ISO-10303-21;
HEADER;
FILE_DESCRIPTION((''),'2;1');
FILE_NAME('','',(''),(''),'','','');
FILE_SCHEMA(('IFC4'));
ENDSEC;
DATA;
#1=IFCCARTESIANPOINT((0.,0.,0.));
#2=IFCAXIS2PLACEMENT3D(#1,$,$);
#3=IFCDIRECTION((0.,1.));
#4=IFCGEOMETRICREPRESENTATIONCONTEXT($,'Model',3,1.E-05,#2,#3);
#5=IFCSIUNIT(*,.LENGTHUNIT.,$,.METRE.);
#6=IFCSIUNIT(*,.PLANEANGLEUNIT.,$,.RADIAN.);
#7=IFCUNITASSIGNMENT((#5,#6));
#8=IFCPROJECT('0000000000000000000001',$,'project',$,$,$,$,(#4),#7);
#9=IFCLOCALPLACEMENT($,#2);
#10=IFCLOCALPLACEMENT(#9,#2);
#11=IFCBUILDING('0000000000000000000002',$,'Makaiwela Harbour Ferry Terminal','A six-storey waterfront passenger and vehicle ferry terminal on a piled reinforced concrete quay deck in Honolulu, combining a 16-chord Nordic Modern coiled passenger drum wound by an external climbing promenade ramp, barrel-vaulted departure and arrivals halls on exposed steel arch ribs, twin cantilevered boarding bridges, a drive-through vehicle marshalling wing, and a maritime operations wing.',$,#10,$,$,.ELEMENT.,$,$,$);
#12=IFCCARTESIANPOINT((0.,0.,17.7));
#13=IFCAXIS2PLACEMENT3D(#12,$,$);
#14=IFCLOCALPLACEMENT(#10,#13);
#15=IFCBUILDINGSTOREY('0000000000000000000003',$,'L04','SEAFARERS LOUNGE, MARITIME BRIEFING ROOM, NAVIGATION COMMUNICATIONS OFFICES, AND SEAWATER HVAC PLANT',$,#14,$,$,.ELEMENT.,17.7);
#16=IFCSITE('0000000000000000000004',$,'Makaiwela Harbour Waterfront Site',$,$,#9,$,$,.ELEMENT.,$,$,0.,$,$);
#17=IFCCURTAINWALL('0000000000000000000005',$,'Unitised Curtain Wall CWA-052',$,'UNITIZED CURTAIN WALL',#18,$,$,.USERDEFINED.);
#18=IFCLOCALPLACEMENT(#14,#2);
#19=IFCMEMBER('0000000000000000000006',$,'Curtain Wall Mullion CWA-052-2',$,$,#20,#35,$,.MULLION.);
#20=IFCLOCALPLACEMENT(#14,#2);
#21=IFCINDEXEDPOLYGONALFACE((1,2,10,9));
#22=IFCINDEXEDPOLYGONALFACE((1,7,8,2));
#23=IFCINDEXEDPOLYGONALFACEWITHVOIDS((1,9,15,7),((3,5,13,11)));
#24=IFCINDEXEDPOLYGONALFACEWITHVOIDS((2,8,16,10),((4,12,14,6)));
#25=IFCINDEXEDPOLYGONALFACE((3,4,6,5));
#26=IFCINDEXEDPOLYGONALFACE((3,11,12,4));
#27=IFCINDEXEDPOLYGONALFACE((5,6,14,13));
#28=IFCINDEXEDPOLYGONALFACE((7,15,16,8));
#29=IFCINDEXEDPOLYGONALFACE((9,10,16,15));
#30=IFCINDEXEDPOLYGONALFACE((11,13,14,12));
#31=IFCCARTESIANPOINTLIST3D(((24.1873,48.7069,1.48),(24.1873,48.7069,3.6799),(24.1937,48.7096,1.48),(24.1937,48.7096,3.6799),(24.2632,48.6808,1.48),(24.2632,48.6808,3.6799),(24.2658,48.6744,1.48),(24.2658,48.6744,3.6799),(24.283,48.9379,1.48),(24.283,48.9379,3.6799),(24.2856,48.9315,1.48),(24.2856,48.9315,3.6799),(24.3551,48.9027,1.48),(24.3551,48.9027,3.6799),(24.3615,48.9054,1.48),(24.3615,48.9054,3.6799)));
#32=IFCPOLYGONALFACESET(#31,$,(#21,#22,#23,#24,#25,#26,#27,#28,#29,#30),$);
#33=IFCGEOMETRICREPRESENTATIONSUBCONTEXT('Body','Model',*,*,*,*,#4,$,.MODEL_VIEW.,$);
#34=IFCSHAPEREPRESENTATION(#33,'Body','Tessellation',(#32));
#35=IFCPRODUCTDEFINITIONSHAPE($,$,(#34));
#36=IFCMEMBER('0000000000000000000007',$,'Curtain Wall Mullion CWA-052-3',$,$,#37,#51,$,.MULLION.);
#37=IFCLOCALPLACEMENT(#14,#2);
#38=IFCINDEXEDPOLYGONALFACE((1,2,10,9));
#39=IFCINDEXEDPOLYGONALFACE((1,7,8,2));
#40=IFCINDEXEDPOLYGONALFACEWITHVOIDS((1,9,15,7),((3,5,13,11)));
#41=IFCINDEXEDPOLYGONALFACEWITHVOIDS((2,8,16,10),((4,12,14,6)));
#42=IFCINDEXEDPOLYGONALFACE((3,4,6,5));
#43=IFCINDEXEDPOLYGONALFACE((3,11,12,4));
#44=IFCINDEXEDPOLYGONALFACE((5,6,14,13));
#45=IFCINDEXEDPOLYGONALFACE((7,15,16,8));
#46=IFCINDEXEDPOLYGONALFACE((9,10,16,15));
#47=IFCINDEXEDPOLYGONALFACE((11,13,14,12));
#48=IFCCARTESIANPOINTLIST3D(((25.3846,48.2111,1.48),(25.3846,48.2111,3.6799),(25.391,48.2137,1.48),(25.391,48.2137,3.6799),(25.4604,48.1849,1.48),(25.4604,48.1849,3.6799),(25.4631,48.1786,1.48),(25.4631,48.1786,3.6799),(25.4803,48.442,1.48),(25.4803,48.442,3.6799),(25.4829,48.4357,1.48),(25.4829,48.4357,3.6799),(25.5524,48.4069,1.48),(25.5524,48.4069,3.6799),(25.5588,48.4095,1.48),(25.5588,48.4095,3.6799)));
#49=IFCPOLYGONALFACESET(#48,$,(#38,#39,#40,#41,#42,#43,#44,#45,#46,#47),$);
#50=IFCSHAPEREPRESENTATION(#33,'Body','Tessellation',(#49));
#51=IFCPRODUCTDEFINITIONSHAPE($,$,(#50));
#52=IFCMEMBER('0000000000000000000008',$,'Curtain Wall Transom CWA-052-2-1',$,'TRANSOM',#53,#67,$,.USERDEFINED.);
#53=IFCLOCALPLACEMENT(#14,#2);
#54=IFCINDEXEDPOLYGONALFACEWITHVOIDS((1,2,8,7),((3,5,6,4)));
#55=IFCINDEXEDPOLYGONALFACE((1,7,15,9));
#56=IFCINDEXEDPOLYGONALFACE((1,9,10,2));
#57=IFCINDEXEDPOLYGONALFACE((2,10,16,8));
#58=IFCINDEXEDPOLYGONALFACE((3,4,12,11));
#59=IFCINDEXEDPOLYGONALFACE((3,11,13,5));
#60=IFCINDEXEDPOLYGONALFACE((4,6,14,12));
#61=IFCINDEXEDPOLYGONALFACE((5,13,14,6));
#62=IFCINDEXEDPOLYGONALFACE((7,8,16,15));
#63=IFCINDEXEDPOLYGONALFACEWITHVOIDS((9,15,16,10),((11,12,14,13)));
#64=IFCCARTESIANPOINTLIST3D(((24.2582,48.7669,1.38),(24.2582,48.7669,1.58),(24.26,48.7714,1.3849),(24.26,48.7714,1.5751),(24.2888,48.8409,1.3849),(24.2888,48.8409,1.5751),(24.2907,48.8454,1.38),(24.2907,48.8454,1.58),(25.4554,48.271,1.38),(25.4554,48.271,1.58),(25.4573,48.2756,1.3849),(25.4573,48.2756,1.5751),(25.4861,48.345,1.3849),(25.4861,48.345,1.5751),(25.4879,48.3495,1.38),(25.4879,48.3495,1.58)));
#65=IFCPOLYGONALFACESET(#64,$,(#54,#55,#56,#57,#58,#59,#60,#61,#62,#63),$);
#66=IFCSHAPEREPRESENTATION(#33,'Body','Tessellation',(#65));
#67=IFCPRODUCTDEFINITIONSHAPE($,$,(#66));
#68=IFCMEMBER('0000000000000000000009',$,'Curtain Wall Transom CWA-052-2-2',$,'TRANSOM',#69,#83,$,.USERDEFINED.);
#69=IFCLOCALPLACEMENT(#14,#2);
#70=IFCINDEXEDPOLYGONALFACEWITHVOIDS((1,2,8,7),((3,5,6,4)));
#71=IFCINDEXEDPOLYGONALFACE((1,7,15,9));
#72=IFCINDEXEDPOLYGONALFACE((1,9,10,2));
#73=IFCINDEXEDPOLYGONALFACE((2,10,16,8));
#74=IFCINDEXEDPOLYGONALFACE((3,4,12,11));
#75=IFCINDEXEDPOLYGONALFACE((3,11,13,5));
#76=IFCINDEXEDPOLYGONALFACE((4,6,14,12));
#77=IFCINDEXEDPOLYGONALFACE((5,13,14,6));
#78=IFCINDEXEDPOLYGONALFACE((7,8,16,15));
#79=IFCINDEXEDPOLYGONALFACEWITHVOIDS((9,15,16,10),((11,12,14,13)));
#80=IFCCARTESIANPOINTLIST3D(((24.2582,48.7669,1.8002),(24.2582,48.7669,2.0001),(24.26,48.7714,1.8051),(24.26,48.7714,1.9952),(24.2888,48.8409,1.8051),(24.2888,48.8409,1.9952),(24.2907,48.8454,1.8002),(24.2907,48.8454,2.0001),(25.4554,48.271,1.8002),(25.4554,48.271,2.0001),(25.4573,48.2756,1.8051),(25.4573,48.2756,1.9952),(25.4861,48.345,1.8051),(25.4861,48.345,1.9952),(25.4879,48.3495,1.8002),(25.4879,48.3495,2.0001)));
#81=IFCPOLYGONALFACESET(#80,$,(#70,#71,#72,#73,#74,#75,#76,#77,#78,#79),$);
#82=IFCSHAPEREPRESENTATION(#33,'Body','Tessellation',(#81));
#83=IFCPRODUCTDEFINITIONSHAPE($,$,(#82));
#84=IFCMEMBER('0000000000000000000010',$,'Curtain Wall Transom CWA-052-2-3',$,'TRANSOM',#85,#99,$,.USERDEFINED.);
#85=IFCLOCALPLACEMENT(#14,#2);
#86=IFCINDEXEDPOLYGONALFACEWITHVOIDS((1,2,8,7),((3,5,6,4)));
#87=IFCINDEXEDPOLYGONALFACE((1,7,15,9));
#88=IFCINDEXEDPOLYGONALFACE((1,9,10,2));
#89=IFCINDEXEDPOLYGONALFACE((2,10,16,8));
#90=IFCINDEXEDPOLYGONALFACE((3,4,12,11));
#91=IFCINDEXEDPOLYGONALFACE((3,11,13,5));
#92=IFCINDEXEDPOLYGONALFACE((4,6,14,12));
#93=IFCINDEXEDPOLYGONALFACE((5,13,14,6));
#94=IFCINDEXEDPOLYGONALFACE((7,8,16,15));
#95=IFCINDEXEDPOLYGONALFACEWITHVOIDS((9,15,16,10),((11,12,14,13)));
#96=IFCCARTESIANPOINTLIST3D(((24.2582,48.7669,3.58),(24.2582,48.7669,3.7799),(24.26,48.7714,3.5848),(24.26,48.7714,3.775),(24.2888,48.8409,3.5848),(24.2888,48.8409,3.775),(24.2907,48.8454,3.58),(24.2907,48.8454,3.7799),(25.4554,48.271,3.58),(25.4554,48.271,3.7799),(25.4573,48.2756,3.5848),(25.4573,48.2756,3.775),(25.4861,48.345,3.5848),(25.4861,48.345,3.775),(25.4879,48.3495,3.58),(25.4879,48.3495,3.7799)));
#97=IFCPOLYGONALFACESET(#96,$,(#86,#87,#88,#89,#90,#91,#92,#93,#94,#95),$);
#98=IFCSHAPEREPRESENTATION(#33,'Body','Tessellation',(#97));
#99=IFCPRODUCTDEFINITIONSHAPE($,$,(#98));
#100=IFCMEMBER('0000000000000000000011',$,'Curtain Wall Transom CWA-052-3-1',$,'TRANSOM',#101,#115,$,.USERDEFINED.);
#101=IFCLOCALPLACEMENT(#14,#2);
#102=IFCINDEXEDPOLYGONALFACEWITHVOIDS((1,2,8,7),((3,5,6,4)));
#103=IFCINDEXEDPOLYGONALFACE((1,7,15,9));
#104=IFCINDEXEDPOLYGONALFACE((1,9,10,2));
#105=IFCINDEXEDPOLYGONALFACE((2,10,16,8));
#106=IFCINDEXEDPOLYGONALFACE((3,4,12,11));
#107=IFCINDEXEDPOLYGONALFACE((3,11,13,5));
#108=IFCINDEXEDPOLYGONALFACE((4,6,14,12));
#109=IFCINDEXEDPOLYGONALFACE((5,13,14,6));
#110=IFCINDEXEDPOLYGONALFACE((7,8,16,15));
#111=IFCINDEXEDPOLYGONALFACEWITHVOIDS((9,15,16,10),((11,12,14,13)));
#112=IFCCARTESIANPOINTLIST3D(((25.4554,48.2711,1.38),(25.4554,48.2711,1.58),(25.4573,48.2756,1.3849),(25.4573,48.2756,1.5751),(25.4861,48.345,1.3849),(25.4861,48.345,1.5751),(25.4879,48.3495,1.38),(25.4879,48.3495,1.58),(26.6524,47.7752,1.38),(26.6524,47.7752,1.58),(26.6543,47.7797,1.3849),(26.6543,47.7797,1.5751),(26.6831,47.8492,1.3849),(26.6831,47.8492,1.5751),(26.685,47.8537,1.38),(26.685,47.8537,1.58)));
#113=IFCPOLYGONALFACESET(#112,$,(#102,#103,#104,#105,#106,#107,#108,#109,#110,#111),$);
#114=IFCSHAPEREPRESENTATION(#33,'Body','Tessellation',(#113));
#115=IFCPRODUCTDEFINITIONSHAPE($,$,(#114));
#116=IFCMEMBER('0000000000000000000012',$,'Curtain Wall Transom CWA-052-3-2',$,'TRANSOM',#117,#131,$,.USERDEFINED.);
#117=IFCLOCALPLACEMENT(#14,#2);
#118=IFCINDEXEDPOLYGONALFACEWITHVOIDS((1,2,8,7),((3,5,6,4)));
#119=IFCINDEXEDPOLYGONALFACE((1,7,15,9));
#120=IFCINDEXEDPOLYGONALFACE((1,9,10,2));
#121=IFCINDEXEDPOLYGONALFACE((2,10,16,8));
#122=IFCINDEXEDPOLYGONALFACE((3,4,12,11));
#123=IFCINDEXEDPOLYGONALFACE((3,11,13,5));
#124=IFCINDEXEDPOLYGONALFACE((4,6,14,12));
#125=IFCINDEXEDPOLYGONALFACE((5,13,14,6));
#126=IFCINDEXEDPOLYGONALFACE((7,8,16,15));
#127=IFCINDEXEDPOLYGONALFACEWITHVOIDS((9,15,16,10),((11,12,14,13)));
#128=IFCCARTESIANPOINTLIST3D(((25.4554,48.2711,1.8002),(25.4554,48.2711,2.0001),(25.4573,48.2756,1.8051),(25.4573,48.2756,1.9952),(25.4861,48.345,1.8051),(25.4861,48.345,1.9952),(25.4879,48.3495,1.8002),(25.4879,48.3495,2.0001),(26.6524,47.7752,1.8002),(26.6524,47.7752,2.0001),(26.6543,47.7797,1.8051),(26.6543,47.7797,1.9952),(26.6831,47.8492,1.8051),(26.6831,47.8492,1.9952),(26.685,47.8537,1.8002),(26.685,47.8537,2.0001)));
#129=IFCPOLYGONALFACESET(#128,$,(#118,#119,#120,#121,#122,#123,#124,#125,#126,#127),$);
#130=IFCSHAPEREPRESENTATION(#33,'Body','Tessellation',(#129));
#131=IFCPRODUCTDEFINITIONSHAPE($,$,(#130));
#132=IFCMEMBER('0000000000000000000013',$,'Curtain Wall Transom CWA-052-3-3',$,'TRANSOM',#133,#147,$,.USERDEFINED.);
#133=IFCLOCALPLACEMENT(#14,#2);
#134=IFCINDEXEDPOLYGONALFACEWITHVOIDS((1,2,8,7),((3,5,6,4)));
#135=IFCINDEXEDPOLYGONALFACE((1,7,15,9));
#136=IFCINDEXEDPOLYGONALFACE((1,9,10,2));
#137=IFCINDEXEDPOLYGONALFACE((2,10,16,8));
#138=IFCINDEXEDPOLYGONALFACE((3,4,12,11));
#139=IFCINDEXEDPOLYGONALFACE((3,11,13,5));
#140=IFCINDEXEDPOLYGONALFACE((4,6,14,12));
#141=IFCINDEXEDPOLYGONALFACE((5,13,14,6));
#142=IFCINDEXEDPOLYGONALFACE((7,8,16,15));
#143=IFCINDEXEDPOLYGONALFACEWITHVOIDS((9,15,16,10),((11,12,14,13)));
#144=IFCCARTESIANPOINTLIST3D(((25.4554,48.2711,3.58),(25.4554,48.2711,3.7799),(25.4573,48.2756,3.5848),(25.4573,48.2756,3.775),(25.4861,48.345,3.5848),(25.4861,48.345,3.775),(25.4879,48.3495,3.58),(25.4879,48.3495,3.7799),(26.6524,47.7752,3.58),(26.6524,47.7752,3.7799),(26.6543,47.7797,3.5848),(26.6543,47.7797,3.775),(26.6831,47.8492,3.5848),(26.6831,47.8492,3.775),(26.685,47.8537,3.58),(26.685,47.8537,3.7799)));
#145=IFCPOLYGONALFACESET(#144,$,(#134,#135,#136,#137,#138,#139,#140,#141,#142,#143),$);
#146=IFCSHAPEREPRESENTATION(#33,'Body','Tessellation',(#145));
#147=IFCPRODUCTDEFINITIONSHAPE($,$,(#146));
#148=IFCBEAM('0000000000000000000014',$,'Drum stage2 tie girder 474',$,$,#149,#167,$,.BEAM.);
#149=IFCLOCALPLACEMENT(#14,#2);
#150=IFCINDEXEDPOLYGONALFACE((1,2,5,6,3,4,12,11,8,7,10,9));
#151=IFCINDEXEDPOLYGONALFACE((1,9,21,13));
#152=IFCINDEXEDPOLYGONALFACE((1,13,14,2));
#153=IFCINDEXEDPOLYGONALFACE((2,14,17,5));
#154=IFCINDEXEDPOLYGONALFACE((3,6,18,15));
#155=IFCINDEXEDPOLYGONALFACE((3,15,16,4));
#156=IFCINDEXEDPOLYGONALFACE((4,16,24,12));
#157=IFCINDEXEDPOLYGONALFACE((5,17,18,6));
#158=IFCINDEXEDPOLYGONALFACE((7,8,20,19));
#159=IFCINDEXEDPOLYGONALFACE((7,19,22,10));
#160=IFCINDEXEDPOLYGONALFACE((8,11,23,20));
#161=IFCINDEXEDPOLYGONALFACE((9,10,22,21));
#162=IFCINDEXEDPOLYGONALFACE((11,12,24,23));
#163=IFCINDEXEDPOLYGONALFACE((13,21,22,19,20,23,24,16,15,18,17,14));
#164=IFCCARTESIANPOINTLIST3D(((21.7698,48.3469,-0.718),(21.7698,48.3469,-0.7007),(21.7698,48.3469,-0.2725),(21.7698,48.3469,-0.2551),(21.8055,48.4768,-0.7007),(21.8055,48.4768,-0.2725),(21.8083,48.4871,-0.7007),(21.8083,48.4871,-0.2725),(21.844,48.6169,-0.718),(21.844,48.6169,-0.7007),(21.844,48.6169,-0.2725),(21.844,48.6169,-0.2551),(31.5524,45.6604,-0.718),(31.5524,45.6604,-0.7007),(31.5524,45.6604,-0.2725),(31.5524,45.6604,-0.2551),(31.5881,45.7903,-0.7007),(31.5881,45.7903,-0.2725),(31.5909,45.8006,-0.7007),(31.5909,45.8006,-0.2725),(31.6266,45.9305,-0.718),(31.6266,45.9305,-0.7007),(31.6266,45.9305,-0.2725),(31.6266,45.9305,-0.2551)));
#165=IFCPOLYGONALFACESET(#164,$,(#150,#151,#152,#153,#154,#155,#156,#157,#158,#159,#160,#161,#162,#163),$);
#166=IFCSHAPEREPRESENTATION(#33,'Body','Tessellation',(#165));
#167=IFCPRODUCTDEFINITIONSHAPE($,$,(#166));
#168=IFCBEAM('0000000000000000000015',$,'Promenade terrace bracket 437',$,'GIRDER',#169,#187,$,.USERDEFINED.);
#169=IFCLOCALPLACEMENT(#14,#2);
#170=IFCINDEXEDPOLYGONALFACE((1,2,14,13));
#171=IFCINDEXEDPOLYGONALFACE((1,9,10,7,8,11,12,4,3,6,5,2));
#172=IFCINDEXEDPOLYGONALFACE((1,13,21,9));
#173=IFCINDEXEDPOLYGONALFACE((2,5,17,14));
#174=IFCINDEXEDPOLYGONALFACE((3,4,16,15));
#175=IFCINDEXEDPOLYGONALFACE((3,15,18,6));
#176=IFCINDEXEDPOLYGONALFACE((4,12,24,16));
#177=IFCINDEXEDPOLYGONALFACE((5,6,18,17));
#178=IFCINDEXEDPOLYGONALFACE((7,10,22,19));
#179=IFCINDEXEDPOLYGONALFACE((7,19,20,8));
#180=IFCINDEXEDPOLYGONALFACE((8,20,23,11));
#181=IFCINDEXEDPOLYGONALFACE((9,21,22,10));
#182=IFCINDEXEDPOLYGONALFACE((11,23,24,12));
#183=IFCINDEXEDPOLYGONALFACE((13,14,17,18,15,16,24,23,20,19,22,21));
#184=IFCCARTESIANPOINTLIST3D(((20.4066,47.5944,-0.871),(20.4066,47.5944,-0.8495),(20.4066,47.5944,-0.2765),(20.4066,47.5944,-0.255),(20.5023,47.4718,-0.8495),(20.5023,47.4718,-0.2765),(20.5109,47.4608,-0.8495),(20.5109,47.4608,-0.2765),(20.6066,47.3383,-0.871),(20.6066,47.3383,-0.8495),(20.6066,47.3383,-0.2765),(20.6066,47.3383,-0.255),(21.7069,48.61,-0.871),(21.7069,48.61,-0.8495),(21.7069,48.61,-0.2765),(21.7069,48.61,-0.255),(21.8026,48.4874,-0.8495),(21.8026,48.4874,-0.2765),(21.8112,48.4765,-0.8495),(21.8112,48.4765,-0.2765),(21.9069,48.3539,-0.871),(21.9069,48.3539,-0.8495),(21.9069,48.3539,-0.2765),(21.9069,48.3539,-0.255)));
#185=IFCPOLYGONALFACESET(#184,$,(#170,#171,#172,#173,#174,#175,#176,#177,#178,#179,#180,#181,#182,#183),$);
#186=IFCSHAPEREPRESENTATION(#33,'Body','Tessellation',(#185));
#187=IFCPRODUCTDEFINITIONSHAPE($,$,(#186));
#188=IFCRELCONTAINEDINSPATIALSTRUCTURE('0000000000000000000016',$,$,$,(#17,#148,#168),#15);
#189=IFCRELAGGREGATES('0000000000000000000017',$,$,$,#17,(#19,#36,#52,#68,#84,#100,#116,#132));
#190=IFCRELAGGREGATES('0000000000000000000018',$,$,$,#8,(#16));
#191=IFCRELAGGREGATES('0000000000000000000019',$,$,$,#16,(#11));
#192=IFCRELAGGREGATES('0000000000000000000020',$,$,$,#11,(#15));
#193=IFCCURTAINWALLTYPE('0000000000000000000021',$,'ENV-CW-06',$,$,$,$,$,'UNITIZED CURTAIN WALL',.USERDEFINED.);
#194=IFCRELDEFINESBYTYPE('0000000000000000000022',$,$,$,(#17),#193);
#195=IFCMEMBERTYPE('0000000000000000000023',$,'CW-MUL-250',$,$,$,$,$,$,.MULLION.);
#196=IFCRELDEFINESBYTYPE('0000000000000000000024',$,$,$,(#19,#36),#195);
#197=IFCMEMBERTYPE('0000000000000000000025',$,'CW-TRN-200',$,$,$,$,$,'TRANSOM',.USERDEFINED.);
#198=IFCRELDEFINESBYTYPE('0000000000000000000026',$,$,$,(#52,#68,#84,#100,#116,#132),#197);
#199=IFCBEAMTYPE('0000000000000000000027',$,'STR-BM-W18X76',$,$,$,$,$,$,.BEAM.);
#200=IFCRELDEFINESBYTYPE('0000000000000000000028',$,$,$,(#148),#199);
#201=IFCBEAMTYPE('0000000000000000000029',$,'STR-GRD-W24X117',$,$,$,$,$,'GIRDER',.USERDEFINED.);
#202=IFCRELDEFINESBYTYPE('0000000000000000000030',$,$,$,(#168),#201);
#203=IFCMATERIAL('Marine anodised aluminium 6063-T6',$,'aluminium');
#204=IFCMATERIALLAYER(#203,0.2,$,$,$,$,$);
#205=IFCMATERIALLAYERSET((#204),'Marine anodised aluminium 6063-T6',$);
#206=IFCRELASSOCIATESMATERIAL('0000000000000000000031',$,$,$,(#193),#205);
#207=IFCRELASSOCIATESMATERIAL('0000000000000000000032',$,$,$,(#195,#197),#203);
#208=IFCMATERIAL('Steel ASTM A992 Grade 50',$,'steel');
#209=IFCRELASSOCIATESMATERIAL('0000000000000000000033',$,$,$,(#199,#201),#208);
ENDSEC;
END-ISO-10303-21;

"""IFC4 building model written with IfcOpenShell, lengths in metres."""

from ifc_helpers import new_model, si_unit, direction, frame, origin, origin_2d, place, context, subcontext, project, spatial, hollow_rectangle, i_section, extrude, material, layer, layer_set, material_profile, profile_set, type_object, element, aggregate, save


model = new_model("IFC4")

# Units and contexts
model_context = context("Model", 3, precision=1e-05, world=origin(), true_north=direction((0.0, 1.0)))
body_context = subcontext(model_context, "Body", "Model", "MODEL_VIEW")
ifc_project = project(units=[si_unit("LENGTHUNIT", "METRE"), si_unit("PLANEANGLEUNIT", "RADIAN")], contexts=[model_context])

# Site, building, storey
site_placement = place(None, origin())
site = spatial("IfcSite", under=ifc_project, at=site_placement, Name="Makaiwela Harbour Waterfront Site", CompositionType="ELEMENT", RefElevation=0.0)
building_placement = place(site_placement, origin())
building = spatial("IfcBuilding", under=site, at=building_placement, Name="Makaiwela Harbour Ferry Terminal", Description="A six-storey waterfront passenger and vehicle ferry terminal on a piled reinforced concrete quay deck in Honolulu, combining a 16-chord Nordic Modern coiled passenger drum wound by an external climbing promenade ramp, barrel-vaulted departure and arrivals halls on exposed steel arch ribs, twin cantilevered boarding bridges, a drive-through vehicle marshalling wing, and a maritime operations wing.", CompositionType="ELEMENT")
storey_placement = place(building_placement, frame((0.0, 0.0, 17.7)))
storey = spatial("IfcBuildingStorey", under=building, at=storey_placement, Name="L04", Description="SEAFARERS LOUNGE, MARITIME BRIEFING ROOM, NAVIGATION COMMUNICATIONS OFFICES, AND SEAWATER HVAC PLANT", CompositionType="ELEMENT", Elevation=17.7)

# Curtain wall, members
ifc_material_1 = material(Name="Marine anodised aluminium 6063-T6", Category="aluminium")
ifc_layer_1 = layer(ifc_material_1, 0.2)
ifc_layer_set_1 = layer_set([ifc_layer_1], Name="Marine anodised aluminium 6063-T6")
curtain_wall_type = type_object("IfcCurtainWallType", Name="ENV-CW-06", ElementType="UNITIZED CURTAIN WALL", PredefinedType="USERDEFINED", material=ifc_layer_set_1)
curtain_wall_placement = place(storey_placement, origin())
curtain_wall = element("IfcCurtainWall", 1, at=curtain_wall_placement, inside=storey, type_object=curtain_wall_type, Name="Unitised Curtain Wall CWA-052", ObjectType="UNITIZED CURTAIN WALL", PredefinedType="USERDEFINED")
ifc_material_profile_1 = material_profile(ifc_material_1, hollow_rectangle(XDim=0.085, YDim=0.25, WallThickness=0.0049, at=origin_2d()), Name="CWM-250X85")
ifc_profile_set_1 = profile_set([ifc_material_profile_1], Name="Marine anodised aluminium 6063-T6")
member_type_1 = type_object("IfcMemberType", Name="CW-MUL-250", PredefinedType="MULLION", material=ifc_profile_set_1)
member_1_placement = place(storey_placement, frame((24.2744, 48.8062, 1.48), z_axis=(0.0, 0.0, 1.0), x_axis=(-0.92388, 0.382683, 0.0)))
member_1 = element("IfcMember", 2, at=member_1_placement, type_object=member_type_1, Name="Curtain Wall Mullion CWA-052-2", PredefinedType="MULLION", context=body_context, shape_type="SweptSolid", body=[
    extrude(hollow_rectangle(XDim=0.085, YDim=0.25, WallThickness=0.0049, at=origin_2d()), origin(), (0.0, 0.0, 1.0), 2.2),
])
member_2_placement = place(storey_placement, frame((25.4717, 48.3103, 1.48), z_axis=(0.0, 0.0, 1.0), x_axis=(-0.92388, 0.382683, 0.0)))
member_2 = element("IfcMember", 3, at=member_2_placement, type_object=member_type_1, Name="Curtain Wall Mullion CWA-052-3", PredefinedType="MULLION", context=body_context, shape_type="SweptSolid", body=[
    extrude(hollow_rectangle(XDim=0.085, YDim=0.25, WallThickness=0.0049, at=origin_2d()), origin(), (0.0, 0.0, 1.0), 2.2),
])
ifc_material_profile_2 = material_profile(ifc_material_1, hollow_rectangle(XDim=0.085, YDim=0.2, WallThickness=0.0049, at=origin_2d()), Name="CWT-200X85")
ifc_profile_set_2 = profile_set([ifc_material_profile_2], Name="Marine anodised aluminium 6063-T6")
member_type_2 = type_object("IfcMemberType", Name="CW-TRN-200", ElementType="TRANSOM", PredefinedType="USERDEFINED", material=ifc_profile_set_2)
member_3_placement = place(storey_placement, frame((24.2744, 48.8062, 1.48), z_axis=(0.9239, -0.382635, 0.0), x_axis=(0.382635, 0.9239, 0.0)))
member_3 = element("IfcMember", 4, at=member_3_placement, type_object=member_type_2, Name="Curtain Wall Transom CWA-052-2-1", ObjectType="TRANSOM", PredefinedType="USERDEFINED", context=body_context, shape_type="SweptSolid", body=[
    extrude(hollow_rectangle(XDim=0.085, YDim=0.2, WallThickness=0.0049, at=origin_2d()), origin(), (0.0, 0.0, 1.0), 1.2959),
])
member_4_placement = place(storey_placement, frame((24.2744, 48.8062, 1.9001), z_axis=(0.9239, -0.382635, 0.0), x_axis=(0.382635, 0.9239, 0.0)))
member_4 = element("IfcMember", 5, at=member_4_placement, type_object=member_type_2, Name="Curtain Wall Transom CWA-052-2-2", ObjectType="TRANSOM", PredefinedType="USERDEFINED", context=body_context, shape_type="SweptSolid", body=[
    extrude(hollow_rectangle(XDim=0.085, YDim=0.2, WallThickness=0.0049, at=origin_2d()), origin(), (0.0, 0.0, 1.0), 1.2959),
])
member_5_placement = place(storey_placement, frame((24.2744, 48.8062, 3.6799), z_axis=(0.9239, -0.382635, 0.0), x_axis=(0.382635, 0.9239, 0.0)))
member_5 = element("IfcMember", 6, at=member_5_placement, type_object=member_type_2, Name="Curtain Wall Transom CWA-052-2-3", ObjectType="TRANSOM", PredefinedType="USERDEFINED", context=body_context, shape_type="SweptSolid", body=[
    extrude(hollow_rectangle(XDim=0.085, YDim=0.2, WallThickness=0.0049, at=origin_2d()), origin(), (0.0, 0.0, 1.0), 1.2959),
])
member_6_placement = place(storey_placement, frame((25.4717, 48.3103, 1.48), z_axis=(0.923872, -0.382701, 0.0), x_axis=(0.382701, 0.923872, 0.0)))
member_6 = element("IfcMember", 7, at=member_6_placement, type_object=member_type_2, Name="Curtain Wall Transom CWA-052-3-1", ObjectType="TRANSOM", PredefinedType="USERDEFINED", context=body_context, shape_type="SweptSolid", body=[
    extrude(hollow_rectangle(XDim=0.085, YDim=0.2, WallThickness=0.0049, at=origin_2d()), origin(), (0.0, 0.0, 1.0), 1.2957),
])
member_7_placement = place(storey_placement, frame((25.4717, 48.3103, 1.9001), z_axis=(0.923872, -0.382701, 0.0), x_axis=(0.382701, 0.923872, 0.0)))
member_7 = element("IfcMember", 8, at=member_7_placement, type_object=member_type_2, Name="Curtain Wall Transom CWA-052-3-2", ObjectType="TRANSOM", PredefinedType="USERDEFINED", context=body_context, shape_type="SweptSolid", body=[
    extrude(hollow_rectangle(XDim=0.085, YDim=0.2, WallThickness=0.0049, at=origin_2d()), origin(), (0.0, 0.0, 1.0), 1.2957),
])
member_8_placement = place(storey_placement, frame((25.4717, 48.3103, 3.6799), z_axis=(0.923872, -0.382701, 0.0), x_axis=(0.382701, 0.923872, 0.0)))
member_8 = element("IfcMember", 9, at=member_8_placement, type_object=member_type_2, Name="Curtain Wall Transom CWA-052-3-3", ObjectType="TRANSOM", PredefinedType="USERDEFINED", context=body_context, shape_type="SweptSolid", body=[
    extrude(hollow_rectangle(XDim=0.085, YDim=0.2, WallThickness=0.0049, at=origin_2d()), origin(), (0.0, 0.0, 1.0), 1.2957),
])

# Beams
ifc_material_2 = material(Name="Steel ASTM A992 Grade 50", Category="steel")
ifc_material_profile_3 = material_profile(ifc_material_2, i_section(OverallWidth=0.28, OverallDepth=0.4629, WebThickness=0.0107, FlangeThickness=0.0173, at=origin_2d()), Name="W18X76")
ifc_profile_set_3 = profile_set([ifc_material_profile_3], Name="Steel ASTM A992 Grade 50")
beam_type_1 = type_object("IfcBeamType", Name="STR-BM-W18X76", PredefinedType="BEAM", material=ifc_profile_set_3)
beam_1_placement = place(storey_placement, frame((21.8069, 48.4819, -0.4866), z_axis=(0.964299, -0.264815, 0.0), x_axis=(0.264815, 0.964299, 0.0)))
element("IfcBeam", 10, at=beam_1_placement, inside=storey, type_object=beam_type_1, Name="Drum stage2 tie girder 474", PredefinedType="BEAM", context=body_context, shape_type="SweptSolid", body=[
    extrude(i_section(OverallWidth=0.28, OverallDepth=0.4629, WebThickness=0.0107, FlangeThickness=0.0173, at=origin_2d()), origin(), (0.0, 0.0, 1.0), 10.1448),
])
ifc_material_profile_4 = material_profile(ifc_material_2, i_section(OverallWidth=0.325, OverallDepth=0.616, WebThickness=0.0139, FlangeThickness=0.0215, at=origin_2d()), Name="W24X117")
ifc_profile_set_4 = profile_set([ifc_material_profile_4], Name="Steel ASTM A992 Grade 50")
beam_type_2 = type_object("IfcBeamType", Name="STR-GRD-W24X117", ElementType="GIRDER", PredefinedType="USERDEFINED", material=ifc_profile_set_4)
beam_2_placement = place(storey_placement, frame((21.8069, 48.4819, -0.563), z_axis=(-0.788092, -0.615558, 0.0), x_axis=(0.615558, -0.788092, 0.0)))
element("IfcBeam", 11, at=beam_2_placement, inside=storey, type_object=beam_type_2, Name="Promenade terrace bracket 437", ObjectType="GIRDER", PredefinedType="USERDEFINED", context=body_context, shape_type="SweptSolid", body=[
    extrude(i_section(OverallWidth=0.325, OverallDepth=0.616, WebThickness=0.0139, FlangeThickness=0.0215, at=origin_2d()), origin(), (0.0, 0.0, 1.0), 1.6499),
])

aggregate(curtain_wall, [member_1, member_2, member_3, member_4, member_5, member_6, member_7, member_8])

save(model, "model.ifc")
